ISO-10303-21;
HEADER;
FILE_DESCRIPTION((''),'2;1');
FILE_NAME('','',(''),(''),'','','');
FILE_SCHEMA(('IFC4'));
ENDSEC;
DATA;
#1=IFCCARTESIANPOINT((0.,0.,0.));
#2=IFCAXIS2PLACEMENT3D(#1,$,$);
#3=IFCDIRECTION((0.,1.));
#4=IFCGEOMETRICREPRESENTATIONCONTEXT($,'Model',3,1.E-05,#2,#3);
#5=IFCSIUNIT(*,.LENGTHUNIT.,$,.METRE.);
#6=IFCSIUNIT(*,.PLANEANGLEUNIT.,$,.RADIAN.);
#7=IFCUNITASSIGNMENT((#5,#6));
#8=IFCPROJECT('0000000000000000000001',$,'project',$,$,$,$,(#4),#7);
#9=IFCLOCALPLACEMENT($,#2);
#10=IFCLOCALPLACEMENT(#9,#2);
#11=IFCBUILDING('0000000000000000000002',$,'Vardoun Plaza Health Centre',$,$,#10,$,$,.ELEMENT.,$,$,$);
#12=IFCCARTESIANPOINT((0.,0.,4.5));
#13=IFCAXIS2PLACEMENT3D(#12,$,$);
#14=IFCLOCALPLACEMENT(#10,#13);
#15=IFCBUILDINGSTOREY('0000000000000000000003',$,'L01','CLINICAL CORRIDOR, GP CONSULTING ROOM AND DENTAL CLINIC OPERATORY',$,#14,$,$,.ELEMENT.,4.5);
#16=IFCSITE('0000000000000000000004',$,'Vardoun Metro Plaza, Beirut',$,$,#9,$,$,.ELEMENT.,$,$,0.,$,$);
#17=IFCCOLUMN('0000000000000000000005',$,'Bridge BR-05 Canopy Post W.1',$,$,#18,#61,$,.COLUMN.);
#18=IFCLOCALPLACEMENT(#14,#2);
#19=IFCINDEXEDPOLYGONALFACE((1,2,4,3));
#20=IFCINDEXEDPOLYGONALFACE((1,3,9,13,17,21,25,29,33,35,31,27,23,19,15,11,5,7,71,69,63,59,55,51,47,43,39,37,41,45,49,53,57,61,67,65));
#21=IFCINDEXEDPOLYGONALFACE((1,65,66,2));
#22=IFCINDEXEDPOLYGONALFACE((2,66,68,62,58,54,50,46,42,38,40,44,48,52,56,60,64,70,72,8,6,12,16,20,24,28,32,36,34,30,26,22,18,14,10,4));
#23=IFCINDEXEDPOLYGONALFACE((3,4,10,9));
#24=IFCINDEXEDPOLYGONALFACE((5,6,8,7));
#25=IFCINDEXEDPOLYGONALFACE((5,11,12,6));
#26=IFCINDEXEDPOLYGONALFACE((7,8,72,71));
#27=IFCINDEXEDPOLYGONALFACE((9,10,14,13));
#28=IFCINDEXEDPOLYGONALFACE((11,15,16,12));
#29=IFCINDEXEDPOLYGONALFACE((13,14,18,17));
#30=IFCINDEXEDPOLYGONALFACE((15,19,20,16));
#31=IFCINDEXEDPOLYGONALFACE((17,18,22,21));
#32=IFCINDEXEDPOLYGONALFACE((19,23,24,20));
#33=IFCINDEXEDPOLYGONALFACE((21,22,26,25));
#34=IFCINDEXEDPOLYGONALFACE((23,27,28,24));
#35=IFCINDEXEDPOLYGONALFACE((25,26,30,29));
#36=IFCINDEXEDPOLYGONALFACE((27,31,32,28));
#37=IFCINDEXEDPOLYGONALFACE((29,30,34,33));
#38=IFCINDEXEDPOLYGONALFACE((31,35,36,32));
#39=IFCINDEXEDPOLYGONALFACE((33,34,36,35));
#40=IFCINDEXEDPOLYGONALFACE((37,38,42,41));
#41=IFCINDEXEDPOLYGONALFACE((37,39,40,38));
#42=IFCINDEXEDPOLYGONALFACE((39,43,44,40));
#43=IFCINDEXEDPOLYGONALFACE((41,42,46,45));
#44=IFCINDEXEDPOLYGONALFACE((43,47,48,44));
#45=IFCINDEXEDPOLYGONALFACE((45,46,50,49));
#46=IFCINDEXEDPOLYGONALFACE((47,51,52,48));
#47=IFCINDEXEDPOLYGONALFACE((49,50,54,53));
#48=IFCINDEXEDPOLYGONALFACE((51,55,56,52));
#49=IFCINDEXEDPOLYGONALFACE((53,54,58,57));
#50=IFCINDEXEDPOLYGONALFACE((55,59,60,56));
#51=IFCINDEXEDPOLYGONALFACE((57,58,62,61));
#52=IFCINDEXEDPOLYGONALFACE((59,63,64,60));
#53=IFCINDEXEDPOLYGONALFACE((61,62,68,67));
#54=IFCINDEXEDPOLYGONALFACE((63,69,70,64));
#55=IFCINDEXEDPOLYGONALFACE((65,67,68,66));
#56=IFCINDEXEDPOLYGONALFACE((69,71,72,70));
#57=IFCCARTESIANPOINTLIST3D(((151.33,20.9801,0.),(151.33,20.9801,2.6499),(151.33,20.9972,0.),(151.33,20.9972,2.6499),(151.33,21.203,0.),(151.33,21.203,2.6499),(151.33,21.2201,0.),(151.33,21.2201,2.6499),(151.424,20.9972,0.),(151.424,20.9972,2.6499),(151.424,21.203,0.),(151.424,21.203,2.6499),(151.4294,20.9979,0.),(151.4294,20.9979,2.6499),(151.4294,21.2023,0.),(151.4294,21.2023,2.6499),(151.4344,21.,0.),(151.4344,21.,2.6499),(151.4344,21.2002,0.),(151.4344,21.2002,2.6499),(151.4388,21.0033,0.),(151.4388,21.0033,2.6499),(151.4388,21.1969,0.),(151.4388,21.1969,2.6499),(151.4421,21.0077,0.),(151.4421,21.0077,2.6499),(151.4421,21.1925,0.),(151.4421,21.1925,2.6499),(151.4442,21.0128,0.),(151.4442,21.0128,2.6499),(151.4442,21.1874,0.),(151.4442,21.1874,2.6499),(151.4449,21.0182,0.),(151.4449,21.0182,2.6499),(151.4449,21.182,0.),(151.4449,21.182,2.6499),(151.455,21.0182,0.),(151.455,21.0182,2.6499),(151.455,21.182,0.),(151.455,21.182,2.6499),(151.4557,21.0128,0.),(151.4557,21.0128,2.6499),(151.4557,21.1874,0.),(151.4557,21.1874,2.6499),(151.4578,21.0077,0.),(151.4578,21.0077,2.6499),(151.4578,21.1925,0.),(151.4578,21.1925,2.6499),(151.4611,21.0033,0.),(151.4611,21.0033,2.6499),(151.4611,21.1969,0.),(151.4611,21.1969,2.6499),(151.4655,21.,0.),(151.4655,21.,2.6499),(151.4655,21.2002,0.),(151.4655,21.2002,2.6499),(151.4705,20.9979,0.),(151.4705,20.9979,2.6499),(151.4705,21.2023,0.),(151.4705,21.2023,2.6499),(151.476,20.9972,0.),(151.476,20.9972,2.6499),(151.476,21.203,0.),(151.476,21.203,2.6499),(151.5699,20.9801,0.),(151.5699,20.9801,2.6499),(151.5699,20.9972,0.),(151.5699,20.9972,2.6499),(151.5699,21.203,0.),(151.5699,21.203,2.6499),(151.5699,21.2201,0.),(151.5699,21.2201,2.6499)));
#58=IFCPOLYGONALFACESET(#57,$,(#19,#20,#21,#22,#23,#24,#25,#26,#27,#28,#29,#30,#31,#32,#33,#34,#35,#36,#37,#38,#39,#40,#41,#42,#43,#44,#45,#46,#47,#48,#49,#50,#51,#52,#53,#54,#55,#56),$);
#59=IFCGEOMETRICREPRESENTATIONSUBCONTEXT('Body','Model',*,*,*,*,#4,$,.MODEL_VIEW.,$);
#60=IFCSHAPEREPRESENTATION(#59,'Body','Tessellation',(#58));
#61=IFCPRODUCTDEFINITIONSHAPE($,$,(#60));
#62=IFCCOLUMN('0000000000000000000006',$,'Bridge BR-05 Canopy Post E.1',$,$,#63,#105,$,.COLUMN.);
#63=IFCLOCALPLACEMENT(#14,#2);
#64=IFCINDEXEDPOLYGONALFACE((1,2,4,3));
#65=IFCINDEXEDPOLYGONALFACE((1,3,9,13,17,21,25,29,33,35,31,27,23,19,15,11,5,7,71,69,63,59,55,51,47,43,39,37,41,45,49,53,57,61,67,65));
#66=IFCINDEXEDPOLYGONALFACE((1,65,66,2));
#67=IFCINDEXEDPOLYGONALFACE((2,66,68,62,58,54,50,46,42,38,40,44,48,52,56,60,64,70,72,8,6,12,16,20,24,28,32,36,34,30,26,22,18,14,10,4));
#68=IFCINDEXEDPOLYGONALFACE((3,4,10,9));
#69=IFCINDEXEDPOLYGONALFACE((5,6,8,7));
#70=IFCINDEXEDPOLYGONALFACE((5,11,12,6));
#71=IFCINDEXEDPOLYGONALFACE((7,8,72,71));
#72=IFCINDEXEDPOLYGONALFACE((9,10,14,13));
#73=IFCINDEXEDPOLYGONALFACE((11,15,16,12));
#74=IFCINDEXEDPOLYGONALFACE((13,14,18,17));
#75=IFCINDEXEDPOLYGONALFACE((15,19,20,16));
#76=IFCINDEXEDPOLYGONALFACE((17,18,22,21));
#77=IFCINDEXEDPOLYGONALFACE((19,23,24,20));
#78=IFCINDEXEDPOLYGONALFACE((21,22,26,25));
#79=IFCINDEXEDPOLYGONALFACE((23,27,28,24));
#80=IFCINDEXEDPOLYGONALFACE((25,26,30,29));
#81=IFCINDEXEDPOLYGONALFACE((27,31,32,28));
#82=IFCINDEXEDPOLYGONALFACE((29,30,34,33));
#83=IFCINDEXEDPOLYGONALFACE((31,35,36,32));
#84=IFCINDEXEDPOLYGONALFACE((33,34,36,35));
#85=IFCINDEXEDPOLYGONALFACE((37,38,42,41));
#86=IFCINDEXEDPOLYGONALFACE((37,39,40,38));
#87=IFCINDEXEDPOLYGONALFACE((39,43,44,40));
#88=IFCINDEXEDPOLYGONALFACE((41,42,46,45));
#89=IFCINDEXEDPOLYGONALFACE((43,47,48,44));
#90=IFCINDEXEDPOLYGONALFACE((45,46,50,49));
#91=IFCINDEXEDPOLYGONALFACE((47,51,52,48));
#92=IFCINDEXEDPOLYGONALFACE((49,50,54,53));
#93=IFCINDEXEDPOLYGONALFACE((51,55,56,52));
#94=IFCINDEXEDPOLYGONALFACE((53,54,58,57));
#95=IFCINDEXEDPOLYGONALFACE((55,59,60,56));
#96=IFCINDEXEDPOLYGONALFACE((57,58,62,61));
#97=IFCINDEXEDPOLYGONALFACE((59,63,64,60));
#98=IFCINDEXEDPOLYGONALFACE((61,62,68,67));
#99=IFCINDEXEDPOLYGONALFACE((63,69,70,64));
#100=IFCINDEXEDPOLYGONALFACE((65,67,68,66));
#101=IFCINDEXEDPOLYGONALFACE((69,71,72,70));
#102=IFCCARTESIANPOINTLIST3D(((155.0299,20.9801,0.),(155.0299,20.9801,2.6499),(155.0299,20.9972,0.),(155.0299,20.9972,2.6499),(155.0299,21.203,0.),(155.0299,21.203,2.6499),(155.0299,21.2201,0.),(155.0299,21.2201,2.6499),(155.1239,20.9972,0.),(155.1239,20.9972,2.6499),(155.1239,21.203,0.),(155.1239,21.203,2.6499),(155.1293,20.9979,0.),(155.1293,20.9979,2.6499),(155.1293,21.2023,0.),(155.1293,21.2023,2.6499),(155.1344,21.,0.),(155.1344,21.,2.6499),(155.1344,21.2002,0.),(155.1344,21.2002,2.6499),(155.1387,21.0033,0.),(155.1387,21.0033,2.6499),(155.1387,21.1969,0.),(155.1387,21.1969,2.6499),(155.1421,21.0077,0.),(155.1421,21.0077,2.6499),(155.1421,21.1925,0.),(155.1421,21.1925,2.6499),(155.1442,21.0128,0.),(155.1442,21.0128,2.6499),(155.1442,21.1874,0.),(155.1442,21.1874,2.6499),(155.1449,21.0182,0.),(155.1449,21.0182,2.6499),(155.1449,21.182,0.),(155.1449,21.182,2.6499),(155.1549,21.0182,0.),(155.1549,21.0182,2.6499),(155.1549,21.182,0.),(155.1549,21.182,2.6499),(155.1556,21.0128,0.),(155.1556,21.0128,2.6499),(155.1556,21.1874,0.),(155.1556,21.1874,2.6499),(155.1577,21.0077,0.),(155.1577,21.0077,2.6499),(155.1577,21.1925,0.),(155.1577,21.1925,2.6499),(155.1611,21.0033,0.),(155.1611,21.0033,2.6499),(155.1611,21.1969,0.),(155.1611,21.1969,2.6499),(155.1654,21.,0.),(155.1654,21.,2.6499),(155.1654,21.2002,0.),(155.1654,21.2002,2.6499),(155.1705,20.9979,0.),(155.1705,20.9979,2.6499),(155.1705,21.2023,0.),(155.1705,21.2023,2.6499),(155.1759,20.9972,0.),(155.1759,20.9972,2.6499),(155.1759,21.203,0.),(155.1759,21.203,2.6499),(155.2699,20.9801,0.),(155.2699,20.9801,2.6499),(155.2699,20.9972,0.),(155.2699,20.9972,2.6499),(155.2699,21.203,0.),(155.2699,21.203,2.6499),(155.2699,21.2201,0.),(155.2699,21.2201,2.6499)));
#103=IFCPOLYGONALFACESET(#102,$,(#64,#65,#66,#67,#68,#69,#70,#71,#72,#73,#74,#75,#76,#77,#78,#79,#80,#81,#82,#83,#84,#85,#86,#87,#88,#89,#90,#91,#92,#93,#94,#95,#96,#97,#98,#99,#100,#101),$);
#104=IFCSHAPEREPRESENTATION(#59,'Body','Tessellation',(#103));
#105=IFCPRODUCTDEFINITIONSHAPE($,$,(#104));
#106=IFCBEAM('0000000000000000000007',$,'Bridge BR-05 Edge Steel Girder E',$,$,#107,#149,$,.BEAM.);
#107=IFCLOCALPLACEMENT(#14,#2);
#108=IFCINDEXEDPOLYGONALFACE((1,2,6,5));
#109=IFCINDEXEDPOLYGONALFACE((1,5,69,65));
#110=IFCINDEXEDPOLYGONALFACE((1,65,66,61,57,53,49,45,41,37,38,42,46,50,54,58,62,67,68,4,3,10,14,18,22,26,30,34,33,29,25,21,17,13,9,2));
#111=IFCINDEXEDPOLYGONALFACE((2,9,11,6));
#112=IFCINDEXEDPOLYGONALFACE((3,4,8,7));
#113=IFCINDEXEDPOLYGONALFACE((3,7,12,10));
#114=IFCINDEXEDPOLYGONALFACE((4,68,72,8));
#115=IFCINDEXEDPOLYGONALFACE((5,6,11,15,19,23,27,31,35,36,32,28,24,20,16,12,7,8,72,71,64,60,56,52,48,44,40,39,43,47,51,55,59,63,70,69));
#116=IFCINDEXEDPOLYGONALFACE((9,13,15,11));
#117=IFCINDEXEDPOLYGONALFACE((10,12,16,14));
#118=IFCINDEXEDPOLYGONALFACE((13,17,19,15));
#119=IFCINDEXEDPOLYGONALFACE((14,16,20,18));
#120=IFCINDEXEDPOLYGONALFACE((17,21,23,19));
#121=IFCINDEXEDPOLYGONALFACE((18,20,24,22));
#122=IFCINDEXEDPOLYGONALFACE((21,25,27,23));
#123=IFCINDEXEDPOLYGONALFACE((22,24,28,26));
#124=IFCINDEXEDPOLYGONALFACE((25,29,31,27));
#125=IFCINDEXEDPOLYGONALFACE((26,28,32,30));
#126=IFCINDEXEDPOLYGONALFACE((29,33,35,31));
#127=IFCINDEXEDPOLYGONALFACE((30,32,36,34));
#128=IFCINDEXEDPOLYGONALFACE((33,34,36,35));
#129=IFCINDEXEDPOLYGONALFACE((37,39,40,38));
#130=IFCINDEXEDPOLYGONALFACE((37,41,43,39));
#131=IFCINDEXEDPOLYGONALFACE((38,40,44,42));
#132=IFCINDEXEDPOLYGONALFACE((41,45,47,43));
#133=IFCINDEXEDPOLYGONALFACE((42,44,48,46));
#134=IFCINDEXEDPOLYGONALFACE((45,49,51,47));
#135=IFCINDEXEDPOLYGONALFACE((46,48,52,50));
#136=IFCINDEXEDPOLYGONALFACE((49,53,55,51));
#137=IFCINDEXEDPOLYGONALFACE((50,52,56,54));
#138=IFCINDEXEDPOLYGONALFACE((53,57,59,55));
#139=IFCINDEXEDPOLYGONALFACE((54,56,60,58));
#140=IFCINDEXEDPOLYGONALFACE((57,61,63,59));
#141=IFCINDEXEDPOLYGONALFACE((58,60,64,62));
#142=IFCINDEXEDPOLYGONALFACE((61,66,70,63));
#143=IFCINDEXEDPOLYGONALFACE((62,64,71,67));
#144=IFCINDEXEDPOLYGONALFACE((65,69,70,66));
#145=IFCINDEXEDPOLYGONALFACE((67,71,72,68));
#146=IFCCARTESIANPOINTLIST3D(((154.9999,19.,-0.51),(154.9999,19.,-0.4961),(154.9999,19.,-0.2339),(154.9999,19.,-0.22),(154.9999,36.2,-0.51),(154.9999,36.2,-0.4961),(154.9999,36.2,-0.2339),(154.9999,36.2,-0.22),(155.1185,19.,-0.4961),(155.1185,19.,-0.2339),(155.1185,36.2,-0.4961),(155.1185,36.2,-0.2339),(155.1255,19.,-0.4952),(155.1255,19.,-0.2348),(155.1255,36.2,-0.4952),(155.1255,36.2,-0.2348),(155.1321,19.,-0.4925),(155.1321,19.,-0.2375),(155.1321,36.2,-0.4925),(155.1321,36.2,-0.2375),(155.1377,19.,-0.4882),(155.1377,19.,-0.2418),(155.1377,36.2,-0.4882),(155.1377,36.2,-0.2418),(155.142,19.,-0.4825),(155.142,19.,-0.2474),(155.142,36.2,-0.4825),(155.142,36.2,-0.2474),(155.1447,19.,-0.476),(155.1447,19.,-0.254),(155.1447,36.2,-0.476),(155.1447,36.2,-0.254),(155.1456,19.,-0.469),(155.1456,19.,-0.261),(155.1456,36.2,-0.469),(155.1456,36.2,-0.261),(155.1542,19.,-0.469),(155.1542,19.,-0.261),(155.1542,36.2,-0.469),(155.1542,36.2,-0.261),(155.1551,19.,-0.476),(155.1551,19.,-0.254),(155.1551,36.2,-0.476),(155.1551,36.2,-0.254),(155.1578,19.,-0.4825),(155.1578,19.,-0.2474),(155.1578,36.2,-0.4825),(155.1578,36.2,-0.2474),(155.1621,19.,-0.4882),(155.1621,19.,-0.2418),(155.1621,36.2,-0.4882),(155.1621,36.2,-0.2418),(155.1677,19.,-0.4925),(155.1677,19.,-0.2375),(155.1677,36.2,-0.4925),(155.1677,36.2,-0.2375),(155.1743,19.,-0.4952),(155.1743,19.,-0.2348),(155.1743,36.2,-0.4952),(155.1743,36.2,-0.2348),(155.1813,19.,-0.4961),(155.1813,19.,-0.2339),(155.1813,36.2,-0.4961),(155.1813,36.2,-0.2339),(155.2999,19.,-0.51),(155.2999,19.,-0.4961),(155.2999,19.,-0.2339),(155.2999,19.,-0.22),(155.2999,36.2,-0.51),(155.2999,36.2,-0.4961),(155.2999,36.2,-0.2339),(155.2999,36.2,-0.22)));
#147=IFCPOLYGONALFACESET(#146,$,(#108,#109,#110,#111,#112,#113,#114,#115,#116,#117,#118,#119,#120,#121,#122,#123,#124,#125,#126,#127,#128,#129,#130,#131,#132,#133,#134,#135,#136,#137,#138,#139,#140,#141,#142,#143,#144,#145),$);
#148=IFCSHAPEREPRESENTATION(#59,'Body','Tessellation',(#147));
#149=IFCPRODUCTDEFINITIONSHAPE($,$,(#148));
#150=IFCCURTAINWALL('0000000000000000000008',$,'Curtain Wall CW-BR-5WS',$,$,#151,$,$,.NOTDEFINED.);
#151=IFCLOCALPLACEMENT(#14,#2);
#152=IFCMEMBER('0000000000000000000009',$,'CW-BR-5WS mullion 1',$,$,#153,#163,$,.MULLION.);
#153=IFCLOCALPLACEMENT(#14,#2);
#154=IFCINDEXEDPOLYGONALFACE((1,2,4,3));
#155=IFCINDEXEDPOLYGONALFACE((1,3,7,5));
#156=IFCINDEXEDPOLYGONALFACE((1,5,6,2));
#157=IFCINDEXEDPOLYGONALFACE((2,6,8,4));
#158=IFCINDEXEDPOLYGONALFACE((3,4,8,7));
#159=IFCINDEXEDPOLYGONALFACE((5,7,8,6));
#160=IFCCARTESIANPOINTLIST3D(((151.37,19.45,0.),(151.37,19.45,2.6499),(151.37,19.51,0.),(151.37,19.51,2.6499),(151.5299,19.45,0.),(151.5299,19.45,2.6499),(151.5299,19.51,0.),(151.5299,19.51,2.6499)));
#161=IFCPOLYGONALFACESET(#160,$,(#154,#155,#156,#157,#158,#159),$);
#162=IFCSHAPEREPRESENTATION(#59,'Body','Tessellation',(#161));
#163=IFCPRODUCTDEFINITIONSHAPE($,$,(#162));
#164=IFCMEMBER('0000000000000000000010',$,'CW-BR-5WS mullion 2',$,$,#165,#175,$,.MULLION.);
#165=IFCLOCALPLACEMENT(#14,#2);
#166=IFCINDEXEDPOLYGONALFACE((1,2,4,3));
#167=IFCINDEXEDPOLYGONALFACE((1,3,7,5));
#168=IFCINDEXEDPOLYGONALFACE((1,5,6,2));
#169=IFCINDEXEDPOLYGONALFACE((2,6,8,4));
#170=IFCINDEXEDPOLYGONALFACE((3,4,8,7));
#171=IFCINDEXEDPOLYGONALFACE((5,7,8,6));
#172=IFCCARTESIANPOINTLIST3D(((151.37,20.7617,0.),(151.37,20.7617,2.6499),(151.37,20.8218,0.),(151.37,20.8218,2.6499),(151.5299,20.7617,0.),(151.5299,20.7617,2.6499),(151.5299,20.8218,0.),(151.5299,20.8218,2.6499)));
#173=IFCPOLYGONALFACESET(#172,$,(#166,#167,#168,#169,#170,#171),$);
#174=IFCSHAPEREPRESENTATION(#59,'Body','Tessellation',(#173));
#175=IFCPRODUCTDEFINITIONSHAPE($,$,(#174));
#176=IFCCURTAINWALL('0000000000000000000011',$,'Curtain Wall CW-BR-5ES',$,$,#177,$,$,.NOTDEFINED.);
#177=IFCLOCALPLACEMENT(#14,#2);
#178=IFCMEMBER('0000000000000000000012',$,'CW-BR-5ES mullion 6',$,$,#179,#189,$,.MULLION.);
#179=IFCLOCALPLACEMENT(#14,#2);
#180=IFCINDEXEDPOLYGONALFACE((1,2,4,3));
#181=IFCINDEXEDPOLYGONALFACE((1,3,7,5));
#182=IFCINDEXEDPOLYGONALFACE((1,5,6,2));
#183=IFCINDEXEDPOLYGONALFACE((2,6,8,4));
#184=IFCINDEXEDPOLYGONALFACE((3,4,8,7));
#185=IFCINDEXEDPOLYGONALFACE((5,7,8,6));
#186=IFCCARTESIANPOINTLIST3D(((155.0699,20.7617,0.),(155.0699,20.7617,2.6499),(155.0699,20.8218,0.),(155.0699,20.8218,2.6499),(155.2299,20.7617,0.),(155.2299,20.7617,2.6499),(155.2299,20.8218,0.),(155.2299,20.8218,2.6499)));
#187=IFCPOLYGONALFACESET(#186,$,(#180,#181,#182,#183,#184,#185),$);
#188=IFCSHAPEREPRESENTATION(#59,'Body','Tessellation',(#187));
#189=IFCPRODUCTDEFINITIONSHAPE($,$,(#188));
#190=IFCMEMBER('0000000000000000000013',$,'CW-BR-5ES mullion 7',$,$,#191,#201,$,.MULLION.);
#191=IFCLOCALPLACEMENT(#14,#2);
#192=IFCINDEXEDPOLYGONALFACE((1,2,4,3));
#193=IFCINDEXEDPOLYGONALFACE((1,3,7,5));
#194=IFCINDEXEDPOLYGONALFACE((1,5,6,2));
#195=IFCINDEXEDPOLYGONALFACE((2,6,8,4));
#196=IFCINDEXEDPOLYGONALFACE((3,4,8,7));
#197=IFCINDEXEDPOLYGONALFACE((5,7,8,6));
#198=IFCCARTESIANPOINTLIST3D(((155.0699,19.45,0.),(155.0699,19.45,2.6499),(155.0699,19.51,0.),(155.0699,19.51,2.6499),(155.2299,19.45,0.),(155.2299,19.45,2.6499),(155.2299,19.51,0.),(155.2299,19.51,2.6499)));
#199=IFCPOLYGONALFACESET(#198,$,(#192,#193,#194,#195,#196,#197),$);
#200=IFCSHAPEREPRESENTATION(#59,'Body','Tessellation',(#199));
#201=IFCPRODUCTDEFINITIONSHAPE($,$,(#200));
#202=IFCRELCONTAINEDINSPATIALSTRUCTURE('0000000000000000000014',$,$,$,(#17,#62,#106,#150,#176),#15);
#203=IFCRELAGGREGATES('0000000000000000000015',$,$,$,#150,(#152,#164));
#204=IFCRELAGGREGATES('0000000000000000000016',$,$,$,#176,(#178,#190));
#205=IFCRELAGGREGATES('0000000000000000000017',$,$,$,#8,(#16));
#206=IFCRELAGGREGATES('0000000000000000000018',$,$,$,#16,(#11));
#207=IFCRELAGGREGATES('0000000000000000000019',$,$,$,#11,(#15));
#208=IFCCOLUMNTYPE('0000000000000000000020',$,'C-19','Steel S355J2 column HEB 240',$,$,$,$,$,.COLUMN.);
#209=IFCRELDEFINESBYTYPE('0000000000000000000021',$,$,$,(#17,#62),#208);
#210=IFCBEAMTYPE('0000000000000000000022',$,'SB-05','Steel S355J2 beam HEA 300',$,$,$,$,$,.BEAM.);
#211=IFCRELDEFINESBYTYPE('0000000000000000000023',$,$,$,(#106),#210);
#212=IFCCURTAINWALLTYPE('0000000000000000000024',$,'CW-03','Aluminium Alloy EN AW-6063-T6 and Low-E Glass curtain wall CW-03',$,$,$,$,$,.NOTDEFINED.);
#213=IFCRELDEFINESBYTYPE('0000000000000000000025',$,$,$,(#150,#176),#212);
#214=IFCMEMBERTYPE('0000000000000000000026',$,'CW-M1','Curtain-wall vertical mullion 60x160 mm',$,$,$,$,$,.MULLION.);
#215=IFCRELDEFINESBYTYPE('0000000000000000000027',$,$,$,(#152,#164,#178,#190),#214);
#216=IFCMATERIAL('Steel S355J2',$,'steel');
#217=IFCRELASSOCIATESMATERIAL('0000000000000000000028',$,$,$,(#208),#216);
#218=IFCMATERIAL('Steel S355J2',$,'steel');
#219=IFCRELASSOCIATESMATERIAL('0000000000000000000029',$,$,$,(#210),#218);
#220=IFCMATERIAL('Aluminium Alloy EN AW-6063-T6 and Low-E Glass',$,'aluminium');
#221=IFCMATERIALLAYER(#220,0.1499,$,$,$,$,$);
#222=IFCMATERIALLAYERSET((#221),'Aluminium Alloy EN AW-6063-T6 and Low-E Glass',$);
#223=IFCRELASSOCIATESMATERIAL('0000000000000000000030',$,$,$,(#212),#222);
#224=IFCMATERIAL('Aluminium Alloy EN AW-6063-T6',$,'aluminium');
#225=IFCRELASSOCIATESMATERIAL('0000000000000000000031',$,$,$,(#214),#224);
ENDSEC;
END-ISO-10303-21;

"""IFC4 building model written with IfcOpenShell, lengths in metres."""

from ifc_helpers import new_model, si_unit, direction, frame, origin, origin_2d, place, context, subcontext, project, spatial, rectangle, i_section, extrude, material, layer, layer_set, material_profile, profile_set, type_object, element, aggregate, save


model = new_model("IFC4")

# Units and contexts
model_context = context("Model", 3, precision=1e-05, world=origin(), true_north=direction((0.0, 1.0)))
body_context = subcontext(model_context, "Body", "Model", "MODEL_VIEW")
ifc_project = project(units=[si_unit("LENGTHUNIT", "METRE"), si_unit("PLANEANGLEUNIT", "RADIAN")], contexts=[model_context])

# Site, building, storey
site_placement = place(None, origin())
site = spatial("IfcSite", under=ifc_project, at=site_placement, Name="Vardoun Metro Plaza, Beirut", CompositionType="ELEMENT", RefElevation=0.0)
building_placement = place(site_placement, origin())
building = spatial("IfcBuilding", under=site, at=building_placement, Name="Vardoun Plaza Health Centre", CompositionType="ELEMENT")
storey_placement = place(building_placement, frame((0.0, 0.0, 4.5)))
storey = spatial("IfcBuildingStorey", under=building, at=storey_placement, Name="L01", Description="CLINICAL CORRIDOR, GP CONSULTING ROOM AND DENTAL CLINIC OPERATORY", CompositionType="ELEMENT", Elevation=4.5)

# Columns
ifc_material_1 = material(Name="Steel S355J2", Category="steel")
ifc_material_profile_1 = material_profile(ifc_material_1, i_section(OverallWidth=0.24, OverallDepth=0.24, WebThickness=0.01, FlangeThickness=0.0171, FilletRadius=0.021, at=origin_2d()), Name="HEB 240")
ifc_profile_set_1 = profile_set([ifc_material_profile_1], Name="Steel S355J2")
column_type = type_object("IfcColumnType", Name="C-19", Description="Steel S355J2 column HEB 240", PredefinedType="COLUMN", material=ifc_profile_set_1)
for number, where, z_axis, x_axis, name in (
    (1, (151.45, 21.1001, 0.0), (0.0, 0.0, 1.0), (1.0, 0.0, 0.0), "Bridge BR-05 Canopy Post W.1"),
    (2, (155.1499, 21.1001, 0.0), (0.0, 0.0, 1.0), (1.0, 0.0, 0.0), "Bridge BR-05 Canopy Post E.1"),
):
    element("IfcColumn", number, at=place(storey_placement, frame(where, z_axis=z_axis, x_axis=x_axis)), inside=storey, type_object=column_type, Name=name, PredefinedType="COLUMN", context=body_context, shape_type="SweptSolid", body=[
        extrude(i_section(OverallWidth=0.24, OverallDepth=0.24, WebThickness=0.01, FlangeThickness=0.0171, FilletRadius=0.021, at=origin_2d()), origin(), (0.0, 0.0, 1.0), 2.6499),
    ])

# Beam
ifc_material_2 = material(Name="Steel S355J2", Category="steel")
ifc_material_profile_2 = material_profile(ifc_material_2, i_section(OverallWidth=0.3, OverallDepth=0.29, WebThickness=0.0085, FlangeThickness=0.0139, FilletRadius=0.0271, at=origin_2d()), Name="HEA 300")
ifc_profile_set_2 = profile_set([ifc_material_profile_2], Name="Steel S355J2")
beam_type = type_object("IfcBeamType", Name="SB-05", Description="Steel S355J2 beam HEA 300", PredefinedType="BEAM", material=ifc_profile_set_2)
beam_placement = place(storey_placement, frame((155.1499, 19.0, -0.365), z_axis=(0.0, 1.0, 0.0), x_axis=(-1.0, 0.0, 0.0)))
element("IfcBeam", 3, at=beam_placement, inside=storey, type_object=beam_type, Name="Bridge BR-05 Edge Steel Girder E", PredefinedType="BEAM", context=body_context, shape_type="SweptSolid", body=[
    extrude(i_section(OverallWidth=0.3, OverallDepth=0.29, WebThickness=0.0085, FlangeThickness=0.0139, FilletRadius=0.0271, at=origin_2d()), origin(), (0.0, 0.0, 1.0), 17.2),
])

# Curtain walls, members
ifc_material_3 = material(Name="Aluminium Alloy EN AW-6063-T6 and Low-E Glass", Category="aluminium")
ifc_layer_1 = layer(ifc_material_3, 0.1499)
ifc_layer_set_1 = layer_set([ifc_layer_1], Name="Aluminium Alloy EN AW-6063-T6 and Low-E Glass")
curtain_wall_type = type_object("IfcCurtainWallType", Name="CW-03", Description="Aluminium Alloy EN AW-6063-T6 and Low-E Glass curtain wall CW-03", PredefinedType="NOTDEFINED", material=ifc_layer_set_1)
curtain_wall_1_placement = place(storey_placement, origin())
curtain_wall_1 = element("IfcCurtainWall", 4, at=curtain_wall_1_placement, inside=storey, type_object=curtain_wall_type, Name="Curtain Wall CW-BR-5WS", PredefinedType="NOTDEFINED")
ifc_material_4 = material(Name="Aluminium Alloy EN AW-6063-T6", Category="aluminium")
ifc_material_profile_3 = material_profile(ifc_material_4, rectangle(XDim=0.1599, YDim=0.0601, at=origin_2d()), Name="CWM 60x160")
ifc_profile_set_3 = profile_set([ifc_material_profile_3], Name="Aluminium Alloy EN AW-6063-T6")
member_type_1 = type_object("IfcMemberType", Name="CW-M1", Description="Curtain-wall vertical mullion 60x160 mm", PredefinedType="MULLION", material=ifc_profile_set_3)
member_1_placement = place(storey_placement, frame((151.45, 19.48, 0.0), z_axis=(0.0, 0.0, 1.0), x_axis=(-1.0, 0.0, 0.0)))
member_1 = element("IfcMember", 5, at=member_1_placement, type_object=member_type_1, Name="CW-BR-5WS mullion 1", PredefinedType="MULLION", context=body_context, shape_type="SweptSolid", body=[
    extrude(rectangle(XDim=0.1599, YDim=0.0601, at=origin_2d()), origin(), (0.0, 0.0, 1.0), 2.6499),
])
member_2_placement = place(storey_placement, frame((151.45, 20.7917, 0.0), z_axis=(0.0, 0.0, 1.0), x_axis=(-1.0, 0.0, 0.0)))
member_2 = element("IfcMember", 6, at=member_2_placement, type_object=member_type_1, Name="CW-BR-5WS mullion 2", PredefinedType="MULLION", context=body_context, shape_type="SweptSolid", body=[
    extrude(rectangle(XDim=0.1599, YDim=0.0601, at=origin_2d()), origin(), (0.0, 0.0, 1.0), 2.6499),
])
curtain_wall_2_placement = place(storey_placement, origin())
curtain_wall_2 = element("IfcCurtainWall", 7, at=curtain_wall_2_placement, inside=storey, type_object=curtain_wall_type, Name="Curtain Wall CW-BR-5ES", PredefinedType="NOTDEFINED")
member_3_placement = place(storey_placement, frame((155.1499, 20.7917, 0.0), z_axis=(0.0, 0.0, 1.0), x_axis=(1.0, 0.0, 0.0)))
member_3 = element("IfcMember", 8, at=member_3_placement, type_object=member_type_1, Name="CW-BR-5ES mullion 6", PredefinedType="MULLION", context=body_context, shape_type="SweptSolid", body=[
    extrude(rectangle(XDim=0.1599, YDim=0.0601, at=origin_2d()), origin(), (0.0, 0.0, 1.0), 2.6499),
])
member_4_placement = place(storey_placement, frame((155.1499, 19.48, 0.0), z_axis=(0.0, 0.0, 1.0), x_axis=(1.0, 0.0, 0.0)))
member_4 = element("IfcMember", 9, at=member_4_placement, type_object=member_type_1, Name="CW-BR-5ES mullion 7", PredefinedType="MULLION", context=body_context, shape_type="SweptSolid", body=[
    extrude(rectangle(XDim=0.1599, YDim=0.0601, at=origin_2d()), origin(), (0.0, 0.0, 1.0), 2.6499),
])

aggregate(curtain_wall_1, [member_1, member_2])
aggregate(curtain_wall_2, [member_3, member_4])

save(model, "model.ifc")
